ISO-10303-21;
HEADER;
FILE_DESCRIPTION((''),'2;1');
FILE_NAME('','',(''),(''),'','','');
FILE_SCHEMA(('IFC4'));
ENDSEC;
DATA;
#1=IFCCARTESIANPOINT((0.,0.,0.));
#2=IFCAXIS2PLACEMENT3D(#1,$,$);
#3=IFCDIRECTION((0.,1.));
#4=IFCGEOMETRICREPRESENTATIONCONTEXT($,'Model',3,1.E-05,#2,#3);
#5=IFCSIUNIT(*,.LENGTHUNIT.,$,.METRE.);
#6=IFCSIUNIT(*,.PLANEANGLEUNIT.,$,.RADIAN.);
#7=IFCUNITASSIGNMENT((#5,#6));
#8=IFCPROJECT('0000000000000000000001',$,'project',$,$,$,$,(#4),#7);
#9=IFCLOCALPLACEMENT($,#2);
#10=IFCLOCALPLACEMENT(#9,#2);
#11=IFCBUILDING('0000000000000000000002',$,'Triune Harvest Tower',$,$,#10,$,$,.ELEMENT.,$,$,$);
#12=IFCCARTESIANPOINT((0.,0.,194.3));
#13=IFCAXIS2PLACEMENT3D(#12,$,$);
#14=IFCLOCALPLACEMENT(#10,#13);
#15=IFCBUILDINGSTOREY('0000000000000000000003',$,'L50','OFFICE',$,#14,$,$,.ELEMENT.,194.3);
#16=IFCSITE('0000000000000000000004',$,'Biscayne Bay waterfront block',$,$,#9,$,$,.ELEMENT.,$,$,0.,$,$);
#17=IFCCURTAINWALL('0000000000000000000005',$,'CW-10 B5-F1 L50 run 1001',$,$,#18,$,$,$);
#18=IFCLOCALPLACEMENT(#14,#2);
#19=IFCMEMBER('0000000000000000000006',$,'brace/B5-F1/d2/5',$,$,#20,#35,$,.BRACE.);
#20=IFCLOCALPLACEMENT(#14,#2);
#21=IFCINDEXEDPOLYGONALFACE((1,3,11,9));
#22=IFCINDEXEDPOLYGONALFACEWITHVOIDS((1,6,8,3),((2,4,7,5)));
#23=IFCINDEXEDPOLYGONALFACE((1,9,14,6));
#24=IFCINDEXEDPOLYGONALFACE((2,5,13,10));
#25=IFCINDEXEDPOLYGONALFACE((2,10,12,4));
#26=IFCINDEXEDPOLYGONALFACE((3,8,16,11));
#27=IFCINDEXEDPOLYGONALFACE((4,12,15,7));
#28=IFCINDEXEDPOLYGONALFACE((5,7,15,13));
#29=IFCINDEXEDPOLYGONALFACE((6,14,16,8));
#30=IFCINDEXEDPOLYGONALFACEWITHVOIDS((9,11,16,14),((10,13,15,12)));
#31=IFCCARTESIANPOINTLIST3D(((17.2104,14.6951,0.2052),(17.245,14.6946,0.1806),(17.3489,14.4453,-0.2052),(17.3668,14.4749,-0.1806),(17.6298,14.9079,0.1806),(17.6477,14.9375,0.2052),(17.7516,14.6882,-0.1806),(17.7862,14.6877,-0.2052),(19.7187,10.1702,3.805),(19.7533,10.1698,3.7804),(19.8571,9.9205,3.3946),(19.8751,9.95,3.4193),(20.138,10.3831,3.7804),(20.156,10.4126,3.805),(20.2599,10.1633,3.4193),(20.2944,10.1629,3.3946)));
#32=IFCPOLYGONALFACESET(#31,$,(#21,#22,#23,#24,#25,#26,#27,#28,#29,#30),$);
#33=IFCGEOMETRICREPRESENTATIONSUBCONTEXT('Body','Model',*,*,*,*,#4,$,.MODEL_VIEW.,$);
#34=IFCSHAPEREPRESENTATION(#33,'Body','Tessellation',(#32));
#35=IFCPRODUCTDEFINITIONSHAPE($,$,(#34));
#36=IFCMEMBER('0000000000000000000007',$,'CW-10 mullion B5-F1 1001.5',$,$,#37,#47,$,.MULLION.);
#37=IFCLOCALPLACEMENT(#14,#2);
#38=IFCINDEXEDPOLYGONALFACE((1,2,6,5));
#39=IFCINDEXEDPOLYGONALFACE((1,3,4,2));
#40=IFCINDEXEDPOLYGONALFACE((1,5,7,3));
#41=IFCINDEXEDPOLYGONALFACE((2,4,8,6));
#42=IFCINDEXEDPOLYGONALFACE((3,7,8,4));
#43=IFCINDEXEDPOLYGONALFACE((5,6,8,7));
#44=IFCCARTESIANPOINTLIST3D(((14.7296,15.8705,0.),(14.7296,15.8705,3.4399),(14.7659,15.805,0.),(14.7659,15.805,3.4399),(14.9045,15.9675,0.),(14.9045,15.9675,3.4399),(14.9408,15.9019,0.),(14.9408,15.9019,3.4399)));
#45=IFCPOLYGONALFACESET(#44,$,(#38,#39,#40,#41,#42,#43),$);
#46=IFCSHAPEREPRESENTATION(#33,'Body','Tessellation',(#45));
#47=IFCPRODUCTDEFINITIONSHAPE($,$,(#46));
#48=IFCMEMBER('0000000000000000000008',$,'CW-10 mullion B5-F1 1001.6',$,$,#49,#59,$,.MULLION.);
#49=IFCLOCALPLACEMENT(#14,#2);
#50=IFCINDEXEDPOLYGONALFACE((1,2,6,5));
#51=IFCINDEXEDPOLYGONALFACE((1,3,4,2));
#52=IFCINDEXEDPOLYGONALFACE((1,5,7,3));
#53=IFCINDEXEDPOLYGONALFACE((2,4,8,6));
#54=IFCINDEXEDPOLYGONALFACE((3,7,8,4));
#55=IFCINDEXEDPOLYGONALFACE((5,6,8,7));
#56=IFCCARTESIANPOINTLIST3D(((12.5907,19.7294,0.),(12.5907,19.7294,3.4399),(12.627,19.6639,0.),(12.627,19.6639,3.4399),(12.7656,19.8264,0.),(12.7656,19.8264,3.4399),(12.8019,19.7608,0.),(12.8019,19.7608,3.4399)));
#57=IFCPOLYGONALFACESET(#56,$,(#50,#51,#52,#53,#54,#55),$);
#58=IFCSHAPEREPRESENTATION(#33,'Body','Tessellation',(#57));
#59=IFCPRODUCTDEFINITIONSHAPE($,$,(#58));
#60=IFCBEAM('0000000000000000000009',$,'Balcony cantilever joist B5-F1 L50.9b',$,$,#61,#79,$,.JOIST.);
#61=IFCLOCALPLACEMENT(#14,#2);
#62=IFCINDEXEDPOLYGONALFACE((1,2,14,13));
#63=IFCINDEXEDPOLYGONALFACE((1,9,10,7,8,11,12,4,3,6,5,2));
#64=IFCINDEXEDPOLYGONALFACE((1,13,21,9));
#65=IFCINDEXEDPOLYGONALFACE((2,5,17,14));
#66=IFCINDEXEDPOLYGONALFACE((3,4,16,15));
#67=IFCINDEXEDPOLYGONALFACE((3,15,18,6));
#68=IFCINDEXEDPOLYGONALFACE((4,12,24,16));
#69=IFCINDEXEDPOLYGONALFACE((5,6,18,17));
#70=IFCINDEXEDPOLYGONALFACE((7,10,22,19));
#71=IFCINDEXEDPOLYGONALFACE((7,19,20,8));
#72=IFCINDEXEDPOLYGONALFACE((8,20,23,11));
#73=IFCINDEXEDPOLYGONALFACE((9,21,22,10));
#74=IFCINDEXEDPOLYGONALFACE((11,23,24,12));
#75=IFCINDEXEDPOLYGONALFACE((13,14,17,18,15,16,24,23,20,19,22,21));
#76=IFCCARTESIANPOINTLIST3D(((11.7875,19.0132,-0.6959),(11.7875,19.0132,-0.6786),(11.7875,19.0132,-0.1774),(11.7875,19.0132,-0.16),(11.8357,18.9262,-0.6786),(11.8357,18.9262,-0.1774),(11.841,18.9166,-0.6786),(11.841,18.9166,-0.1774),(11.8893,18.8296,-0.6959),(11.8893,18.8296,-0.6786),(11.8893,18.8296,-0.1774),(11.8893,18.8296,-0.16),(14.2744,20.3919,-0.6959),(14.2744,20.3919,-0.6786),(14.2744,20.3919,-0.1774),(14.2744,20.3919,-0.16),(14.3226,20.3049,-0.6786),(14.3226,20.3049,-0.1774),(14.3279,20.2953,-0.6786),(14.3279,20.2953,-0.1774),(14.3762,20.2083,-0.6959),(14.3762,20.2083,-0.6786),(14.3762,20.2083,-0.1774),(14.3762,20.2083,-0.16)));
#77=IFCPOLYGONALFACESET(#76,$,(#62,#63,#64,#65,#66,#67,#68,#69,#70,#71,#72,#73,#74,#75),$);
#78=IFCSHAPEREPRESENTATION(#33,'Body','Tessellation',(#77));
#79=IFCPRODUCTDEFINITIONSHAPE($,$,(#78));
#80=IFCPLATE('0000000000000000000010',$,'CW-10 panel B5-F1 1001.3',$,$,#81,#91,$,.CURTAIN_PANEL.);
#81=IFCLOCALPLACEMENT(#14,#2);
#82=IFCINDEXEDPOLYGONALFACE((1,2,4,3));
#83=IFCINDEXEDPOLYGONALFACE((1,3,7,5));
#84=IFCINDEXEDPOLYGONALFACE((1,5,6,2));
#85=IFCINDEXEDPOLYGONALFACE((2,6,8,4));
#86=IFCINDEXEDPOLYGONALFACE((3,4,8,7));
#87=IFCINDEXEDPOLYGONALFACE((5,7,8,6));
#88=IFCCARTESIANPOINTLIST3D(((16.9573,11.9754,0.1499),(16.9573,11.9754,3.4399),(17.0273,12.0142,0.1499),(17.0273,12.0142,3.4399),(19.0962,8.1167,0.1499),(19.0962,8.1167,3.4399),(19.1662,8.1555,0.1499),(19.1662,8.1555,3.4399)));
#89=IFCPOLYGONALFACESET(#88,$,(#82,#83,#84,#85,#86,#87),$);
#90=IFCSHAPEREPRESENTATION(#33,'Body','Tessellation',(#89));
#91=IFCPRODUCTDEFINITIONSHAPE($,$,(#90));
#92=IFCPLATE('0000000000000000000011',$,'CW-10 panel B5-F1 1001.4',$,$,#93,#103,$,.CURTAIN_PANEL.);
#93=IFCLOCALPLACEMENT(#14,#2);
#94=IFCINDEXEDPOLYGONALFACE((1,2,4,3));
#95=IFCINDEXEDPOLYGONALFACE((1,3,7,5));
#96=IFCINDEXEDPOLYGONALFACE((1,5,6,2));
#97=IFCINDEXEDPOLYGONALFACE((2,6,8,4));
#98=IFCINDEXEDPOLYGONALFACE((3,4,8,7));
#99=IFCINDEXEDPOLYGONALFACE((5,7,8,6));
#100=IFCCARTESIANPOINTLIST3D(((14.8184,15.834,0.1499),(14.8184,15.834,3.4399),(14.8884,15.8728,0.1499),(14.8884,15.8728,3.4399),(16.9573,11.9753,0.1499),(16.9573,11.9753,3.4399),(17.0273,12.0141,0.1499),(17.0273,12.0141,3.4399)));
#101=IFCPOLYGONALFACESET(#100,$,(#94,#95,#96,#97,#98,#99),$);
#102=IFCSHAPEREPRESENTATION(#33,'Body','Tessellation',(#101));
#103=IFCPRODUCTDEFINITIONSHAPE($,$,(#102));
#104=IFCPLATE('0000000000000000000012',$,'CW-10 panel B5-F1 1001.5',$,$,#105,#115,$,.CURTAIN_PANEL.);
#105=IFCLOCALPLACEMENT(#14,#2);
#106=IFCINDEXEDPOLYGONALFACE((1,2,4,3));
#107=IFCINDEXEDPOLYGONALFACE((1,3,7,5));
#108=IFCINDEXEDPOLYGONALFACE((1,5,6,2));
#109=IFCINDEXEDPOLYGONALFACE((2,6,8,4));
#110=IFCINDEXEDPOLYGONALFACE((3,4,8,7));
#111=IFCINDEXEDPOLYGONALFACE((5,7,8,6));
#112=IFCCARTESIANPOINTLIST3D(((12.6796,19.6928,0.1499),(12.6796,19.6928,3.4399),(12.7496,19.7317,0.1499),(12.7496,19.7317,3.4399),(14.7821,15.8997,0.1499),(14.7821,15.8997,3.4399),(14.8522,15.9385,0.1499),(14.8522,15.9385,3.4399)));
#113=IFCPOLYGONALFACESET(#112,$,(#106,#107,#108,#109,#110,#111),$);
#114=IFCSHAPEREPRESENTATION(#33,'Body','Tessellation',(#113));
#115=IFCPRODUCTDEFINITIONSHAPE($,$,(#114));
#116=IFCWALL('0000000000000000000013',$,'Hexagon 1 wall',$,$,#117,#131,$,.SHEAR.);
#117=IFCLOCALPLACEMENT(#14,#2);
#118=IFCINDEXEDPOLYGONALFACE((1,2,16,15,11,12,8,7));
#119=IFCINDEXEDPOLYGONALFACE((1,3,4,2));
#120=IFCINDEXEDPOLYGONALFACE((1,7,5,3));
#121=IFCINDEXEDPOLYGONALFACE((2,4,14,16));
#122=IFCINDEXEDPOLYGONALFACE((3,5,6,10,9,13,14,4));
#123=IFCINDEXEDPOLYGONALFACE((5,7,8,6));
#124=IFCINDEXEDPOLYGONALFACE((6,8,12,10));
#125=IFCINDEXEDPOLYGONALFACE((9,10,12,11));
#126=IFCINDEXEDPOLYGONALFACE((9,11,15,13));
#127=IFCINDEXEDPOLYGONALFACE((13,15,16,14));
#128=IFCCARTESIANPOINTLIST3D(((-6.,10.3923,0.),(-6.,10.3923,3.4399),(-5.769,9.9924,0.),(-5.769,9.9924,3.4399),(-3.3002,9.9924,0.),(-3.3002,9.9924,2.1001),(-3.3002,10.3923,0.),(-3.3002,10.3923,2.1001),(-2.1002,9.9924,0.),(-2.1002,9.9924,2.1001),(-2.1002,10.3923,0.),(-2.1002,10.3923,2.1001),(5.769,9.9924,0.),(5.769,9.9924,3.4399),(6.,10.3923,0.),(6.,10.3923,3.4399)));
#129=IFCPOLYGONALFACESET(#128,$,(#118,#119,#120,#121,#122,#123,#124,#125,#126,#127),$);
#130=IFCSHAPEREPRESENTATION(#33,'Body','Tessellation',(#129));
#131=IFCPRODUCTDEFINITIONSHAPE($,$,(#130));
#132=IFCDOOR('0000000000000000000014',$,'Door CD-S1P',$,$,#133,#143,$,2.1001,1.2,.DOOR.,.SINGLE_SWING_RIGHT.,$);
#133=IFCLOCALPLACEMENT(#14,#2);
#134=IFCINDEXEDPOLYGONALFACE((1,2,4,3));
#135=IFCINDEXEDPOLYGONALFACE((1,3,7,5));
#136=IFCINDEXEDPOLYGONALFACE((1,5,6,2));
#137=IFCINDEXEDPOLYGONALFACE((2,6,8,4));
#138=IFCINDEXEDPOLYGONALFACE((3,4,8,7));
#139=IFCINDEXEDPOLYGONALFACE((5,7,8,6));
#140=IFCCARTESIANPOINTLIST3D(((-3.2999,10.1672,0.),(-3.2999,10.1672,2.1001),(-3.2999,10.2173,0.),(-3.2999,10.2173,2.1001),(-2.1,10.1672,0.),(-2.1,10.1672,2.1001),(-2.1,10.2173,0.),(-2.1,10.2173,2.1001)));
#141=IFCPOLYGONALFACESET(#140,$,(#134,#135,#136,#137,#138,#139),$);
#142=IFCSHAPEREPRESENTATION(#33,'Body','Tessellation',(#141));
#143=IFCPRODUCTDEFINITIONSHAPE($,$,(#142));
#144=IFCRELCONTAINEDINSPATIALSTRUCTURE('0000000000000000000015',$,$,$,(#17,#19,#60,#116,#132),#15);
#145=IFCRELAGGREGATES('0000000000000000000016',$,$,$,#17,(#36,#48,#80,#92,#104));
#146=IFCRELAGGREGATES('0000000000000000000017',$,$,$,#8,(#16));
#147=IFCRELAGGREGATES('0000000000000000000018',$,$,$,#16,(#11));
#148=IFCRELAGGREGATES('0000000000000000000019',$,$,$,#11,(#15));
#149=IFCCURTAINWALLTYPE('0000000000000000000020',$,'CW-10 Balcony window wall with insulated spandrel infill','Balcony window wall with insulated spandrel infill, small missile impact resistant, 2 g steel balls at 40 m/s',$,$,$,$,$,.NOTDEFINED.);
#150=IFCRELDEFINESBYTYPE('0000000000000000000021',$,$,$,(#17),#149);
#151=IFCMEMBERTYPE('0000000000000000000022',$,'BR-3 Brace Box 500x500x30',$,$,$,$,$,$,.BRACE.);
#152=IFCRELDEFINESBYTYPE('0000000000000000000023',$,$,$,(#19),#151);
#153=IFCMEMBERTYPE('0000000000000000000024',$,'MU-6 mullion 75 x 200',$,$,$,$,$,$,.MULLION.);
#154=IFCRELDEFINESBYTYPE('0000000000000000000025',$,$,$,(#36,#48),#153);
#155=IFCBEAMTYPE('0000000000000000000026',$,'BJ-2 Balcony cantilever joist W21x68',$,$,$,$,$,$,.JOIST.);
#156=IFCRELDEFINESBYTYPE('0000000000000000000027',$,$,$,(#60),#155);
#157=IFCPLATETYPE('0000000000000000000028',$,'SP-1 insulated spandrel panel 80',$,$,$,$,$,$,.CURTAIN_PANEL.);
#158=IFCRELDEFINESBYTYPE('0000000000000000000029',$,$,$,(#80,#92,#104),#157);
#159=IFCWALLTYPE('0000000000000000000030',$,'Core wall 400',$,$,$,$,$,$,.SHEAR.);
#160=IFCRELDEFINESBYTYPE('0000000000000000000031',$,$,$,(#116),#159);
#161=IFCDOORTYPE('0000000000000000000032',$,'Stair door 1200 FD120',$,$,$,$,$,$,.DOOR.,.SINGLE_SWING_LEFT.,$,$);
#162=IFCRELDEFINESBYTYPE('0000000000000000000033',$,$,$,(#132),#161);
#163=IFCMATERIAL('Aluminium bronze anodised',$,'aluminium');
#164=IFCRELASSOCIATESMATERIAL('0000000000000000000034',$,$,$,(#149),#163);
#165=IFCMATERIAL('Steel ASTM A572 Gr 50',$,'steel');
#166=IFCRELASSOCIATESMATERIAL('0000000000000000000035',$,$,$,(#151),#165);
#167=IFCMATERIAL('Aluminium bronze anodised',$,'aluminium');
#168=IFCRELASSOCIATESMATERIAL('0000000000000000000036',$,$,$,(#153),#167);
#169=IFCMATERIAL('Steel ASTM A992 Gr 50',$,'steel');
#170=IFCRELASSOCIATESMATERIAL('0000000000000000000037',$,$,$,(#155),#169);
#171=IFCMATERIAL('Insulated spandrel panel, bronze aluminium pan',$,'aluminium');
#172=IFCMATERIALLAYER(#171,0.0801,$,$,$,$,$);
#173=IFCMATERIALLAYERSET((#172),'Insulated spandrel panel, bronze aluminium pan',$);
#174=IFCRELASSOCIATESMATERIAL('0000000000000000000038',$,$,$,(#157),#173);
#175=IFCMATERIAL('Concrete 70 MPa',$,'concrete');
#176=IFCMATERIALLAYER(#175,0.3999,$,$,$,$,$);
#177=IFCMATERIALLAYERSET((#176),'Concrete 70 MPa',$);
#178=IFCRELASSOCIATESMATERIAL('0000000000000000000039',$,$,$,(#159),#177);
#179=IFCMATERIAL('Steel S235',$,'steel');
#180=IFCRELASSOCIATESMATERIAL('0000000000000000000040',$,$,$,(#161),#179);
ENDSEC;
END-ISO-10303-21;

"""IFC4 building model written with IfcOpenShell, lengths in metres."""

from ifc_helpers import new_model, si_unit, direction, frame, frame_2d, origin, origin_2d, place, context, subcontext, project, spatial, polyline, rectangle, hollow_rectangle, i_section, outline, extrude, source, transform, mapped, material, layer, layer_set, material_profile, profile_set, type_object, element, fill, aggregate, save


model = new_model("IFC4")

# Units and contexts
model_context = context("Model", 3, precision=1e-05, world=origin(), true_north=direction((0.0, 1.0)))
body_context = subcontext(model_context, "Body", "Model", "MODEL_VIEW")
ifc_project = project(units=[si_unit("LENGTHUNIT", "METRE"), si_unit("PLANEANGLEUNIT", "RADIAN")], contexts=[model_context])

# Site, building, storey
site_placement = place(None, origin())
site = spatial("IfcSite", under=ifc_project, at=site_placement, Name="Biscayne Bay waterfront block", CompositionType="ELEMENT", RefElevation=0.0)
building_placement = place(site_placement, origin())
building = spatial("IfcBuilding", under=site, at=building_placement, Name="Triune Harvest Tower", CompositionType="ELEMENT")
storey_placement = place(building_placement, frame((0.0, 0.0, 194.3)))
storey = spatial("IfcBuildingStorey", under=building, at=storey_placement, Name="L50", Description="OFFICE", CompositionType="ELEMENT", Elevation=194.3)

# Curtain wall
ifc_material_1 = material(Name="Aluminium bronze anodised", Category="aluminium")
curtain_wall_type = type_object("IfcCurtainWallType", Name="CW-10 Balcony window wall with insulated spandrel infill", Description="Balcony window wall with insulated spandrel infill, small missile impact resistant, 2 g steel balls at 40 m/s", PredefinedType="NOTDEFINED", material=ifc_material_1)
curtain_wall_placement = place(storey_placement, origin())
curtain_wall = element("IfcCurtainWall", 1, at=curtain_wall_placement, inside=storey, type_object=curtain_wall_type, Name="CW-10 B5-F1 L50 run 1001")

# Members
ifc_material_2 = material(Name="Steel ASTM A572 Gr 50", Category="steel")
ifc_material_profile_1 = material_profile(ifc_material_2, hollow_rectangle(XDim=0.5, YDim=0.5, WallThickness=0.03, at=origin_2d()), Name="Box 500x500x30")
ifc_profile_set_1 = profile_set([ifc_material_profile_1], Name="Steel ASTM A572 Gr 50")
member_type_1 = type_object("IfcMemberType", Name="BR-3 Brace Box 500x500x30", PredefinedType="BRACE", material=ifc_profile_set_1)
shared_shape_1 = source(origin(), body_context, "Body", "SweptSolid", [
    extrude(hollow_rectangle(XDim=0.5, YDim=0.5, WallThickness=0.03, at=origin_2d()), origin(), (0.0, 0.0, 1.0), 6.3027),
])
member_1_placement = place(storey_placement, frame((17.4983, 14.6914, 0.0), z_axis=(0.397966, -0.71792, 0.571152), x_axis=(0.874611, 0.484825, 0.0)))
element("IfcMember", 2, at=member_1_placement, inside=storey, type_object=member_type_1, Name="brace/B5-F1/d2/5", PredefinedType="BRACE", context=body_context, shape_type="MappedRepresentation", body=[
    mapped(shared_shape_1, transform((0.0, 0.0, 0.0), scale=1.0)),
])
ifc_material_3 = material(Name="Aluminium bronze anodised", Category="aluminium")
ifc_material_profile_2 = material_profile(ifc_material_3, rectangle(XDim=0.2, YDim=0.075, at=origin_2d()), Name="MU-6 mullion 75 x 200")
ifc_profile_set_2 = profile_set([ifc_material_profile_2], Name="Aluminium bronze anodised")
member_type_2 = type_object("IfcMemberType", Name="MU-6 mullion 75 x 200", PredefinedType="MULLION", material=ifc_profile_set_2)
shared_shape_2 = source(origin(), body_context, "Body", "SweptSolid", [
    extrude(rectangle(XDim=0.2, YDim=0.075, at=origin_2d()), origin(), (0.0, 0.0, 1.0), 3.4399),
])
member_2_placement = place(storey_placement, frame((14.8352, 15.8862, 0.0), z_axis=(0.0, 0.0, 1.0), x_axis=(-0.87462, -0.48481, 0.0)))
member_2 = element("IfcMember", 3, at=member_2_placement, type_object=member_type_2, Name="CW-10 mullion B5-F1 1001.5", PredefinedType="MULLION", context=body_context, shape_type="MappedRepresentation", body=[
    mapped(shared_shape_2, transform((0.0, 0.0, 0.0), scale=1.0)),
])
member_3_placement = place(storey_placement, frame((12.6963, 19.7451, 0.0), z_axis=(0.0, 0.0, 1.0), x_axis=(-0.87462, -0.48481, 0.0)))
member_3 = element("IfcMember", 4, at=member_3_placement, type_object=member_type_2, Name="CW-10 mullion B5-F1 1001.6", PredefinedType="MULLION", context=body_context, shape_type="MappedRepresentation", body=[
    mapped(shared_shape_2, transform((0.0, 0.0, 0.0), scale=1.0)),
])

# Beam
ifc_material_4 = material(Name="Steel ASTM A992 Gr 50", Category="steel")
ifc_material_profile_3 = material_profile(ifc_material_4, i_section(OverallWidth=0.21, OverallDepth=0.5359, WebThickness=0.011, FlangeThickness=0.0173, at=origin_2d()), Name="W21x68")
ifc_profile_set_3 = profile_set([ifc_material_profile_3], Name="Steel ASTM A992 Gr 50")
beam_type_1 = type_object("IfcBeamType", Name="BJ-2 Balcony cantilever joist W21x68", PredefinedType="JOIST", material=ifc_profile_set_3)
shared_shape_3 = source(origin(), body_context, "Body", "SweptSolid", [
    extrude(i_section(OverallWidth=0.21, OverallDepth=0.5359, WebThickness=0.011, FlangeThickness=0.0173, at=origin_2d()), origin(), (0.0, 0.0, 1.0), 2.8435),
])
beam_1_placement = place(storey_placement, frame((11.8384, 18.9214, -0.428), z_axis=(0.87459, 0.484863, 0.0), x_axis=(-0.484863, 0.87459, 0.0)))
element("IfcBeam", 5, at=beam_1_placement, inside=storey, type_object=beam_type_1, Name="Balcony cantilever joist B5-F1 L50.9b", PredefinedType="JOIST", context=body_context, shape_type="MappedRepresentation", body=[
    mapped(shared_shape_3, transform((0.0, 0.0, 0.0), scale=1.0)),
])

# Plates
ifc_material_5 = material(Name="Insulated spandrel panel, bronze aluminium pan", Category="aluminium")
ifc_layer_1 = layer(ifc_material_5, 0.0801)
ifc_layer_set_1 = layer_set([ifc_layer_1], Name="Insulated spandrel panel, bronze aluminium pan")
plate_type = type_object("IfcPlateType", Name="SP-1 insulated spandrel panel 80", PredefinedType="CURTAIN_PANEL", material=ifc_layer_set_1)
shared_shape_4 = source(origin(), body_context, "Body", "SweptSolid", [
    extrude(rectangle(XDim=4.4119, YDim=0.0801, at=origin_2d()), origin(), (0.0, 0.0, 1.0), 3.29),
])
plate_1_placement = place(storey_placement, frame((18.0618, 10.0654, 0.1499), z_axis=(0.0, 0.0, 1.0), x_axis=(-0.48481, 0.87462, 0.0)))
plate_1 = element("IfcPlate", 6, at=plate_1_placement, type_object=plate_type, Name="CW-10 panel B5-F1 1001.3", PredefinedType="CURTAIN_PANEL", context=body_context, shape_type="MappedRepresentation", body=[
    mapped(shared_shape_4, transform((0.0, 0.0, 0.0), scale=1.0)),
])
plate_2_placement = place(storey_placement, frame((15.9229, 13.9241, 0.1499), z_axis=(0.0, 0.0, 1.0), x_axis=(-0.48481, 0.87462, 0.0)))
plate_2 = element("IfcPlate", 7, at=plate_2_placement, type_object=plate_type, Name="CW-10 panel B5-F1 1001.4", PredefinedType="CURTAIN_PANEL", context=body_context, shape_type="MappedRepresentation", body=[
    mapped(shared_shape_4, transform((0.0, 0.0, 0.0), scale=1.0)),
])
shared_shape_5 = source(origin(), body_context, "Body", "SweptSolid", [
    extrude(rectangle(XDim=4.3369, YDim=0.0801, at=origin_2d()), origin(), (0.0, 0.0, 1.0), 3.29),
])
plate_3_placement = place(storey_placement, frame((13.7659, 17.8157, 0.1499), z_axis=(0.0, 0.0, 1.0), x_axis=(-0.48481, 0.87462, 0.0)))
plate_3 = element("IfcPlate", 8, at=plate_3_placement, type_object=plate_type, Name="CW-10 panel B5-F1 1001.5", PredefinedType="CURTAIN_PANEL", context=body_context, shape_type="MappedRepresentation", body=[
    mapped(shared_shape_5, transform((0.0, 0.0, 0.0), scale=1.0)),
])
aggregate(curtain_wall, [member_2, member_3, plate_1, plate_2, plate_3])

# Wall, opening, door
ifc_material_6 = material(Name="Concrete 70 MPa", Category="concrete")
ifc_layer_2 = layer(ifc_material_6, 0.3999)
ifc_layer_set_2 = layer_set([ifc_layer_2], Name="Concrete 70 MPa")
wall_type_1 = type_object("IfcWallType", Name="Core wall 400", PredefinedType="SHEAR", material=ifc_layer_set_2)
shared_shape_6 = source(origin(), body_context, "Body", "SweptSolid", [
    extrude(outline(polyline([(-0.1155, -0.2), (11.8845, -0.2), (11.6536, 0.2), (0.1155, 0.2), (-0.1155, -0.2)])), origin(), (0.0, 0.0, 1.0), 3.4399),
])
wall_1_placement = place(storey_placement, frame((5.8845, 10.1924, 0.0), z_axis=(0.0, 0.0, 1.0), x_axis=(-1.0, 0.0, 0.0)))
wall_1 = element("IfcWall", 9, at=wall_1_placement, inside=storey, type_object=wall_type_1, Name="Hexagon 1 wall", PredefinedType="SHEAR", context=body_context, shape_type="MappedRepresentation", body=[
    mapped(shared_shape_6, transform((0.0, 0.0, 0.0), scale=1.0)),
])
opening_1_placement = place(wall_1_placement, frame((7.9846, 0.0, 0.0)))
opening_1 = element("IfcOpeningElement", 10, at=opening_1_placement, cuts=wall_1, PredefinedType="OPENING", context=body_context, shape_type="SweptSolid", body=[
    extrude(rectangle(XDim=1.2, YDim=2.1001, at=frame_2d((0.6001, 1.05))), frame((0.0, 0.21, 0.0), z_axis=(0.0, -1.0, 0.0), x_axis=(1.0, 0.0, 0.0)), (0.0, 0.0, 1.0), 0.4199),
])
ifc_material_7 = material(Name="Steel S235", Category="steel")
door_type_1 = type_object("IfcDoorType", Name="Stair door 1200 FD120", OperationType="SINGLE_SWING_LEFT", PredefinedType="DOOR", material=ifc_material_7)
door_1_placement = place(opening_1_placement, frame((1.2, 0.0, 0.0), z_axis=(0.0, 0.0, 1.0), x_axis=(-1.0, 0.0, 0.0)))
door_1 = element("IfcDoor", 11, at=door_1_placement, inside=storey, type_object=door_type_1, Name="Door CD-S1P", OperationType="SINGLE_SWING_RIGHT", OverallHeight=2.1001, OverallWidth=1.2, PredefinedType="DOOR", context=body_context, shape_type="SweptSolid", body=[
    extrude(rectangle(XDim=1.2, YDim=2.1001, at=frame_2d((0.6001, 1.05))), frame((0.0, 0.0249, 0.0), z_axis=(0.0, -1.0, 0.0), x_axis=(1.0, 0.0, 0.0)), (0.0, 0.0, 1.0), 0.05),
])
fill(opening_1, door_1)

save(model, "model.ifc")
